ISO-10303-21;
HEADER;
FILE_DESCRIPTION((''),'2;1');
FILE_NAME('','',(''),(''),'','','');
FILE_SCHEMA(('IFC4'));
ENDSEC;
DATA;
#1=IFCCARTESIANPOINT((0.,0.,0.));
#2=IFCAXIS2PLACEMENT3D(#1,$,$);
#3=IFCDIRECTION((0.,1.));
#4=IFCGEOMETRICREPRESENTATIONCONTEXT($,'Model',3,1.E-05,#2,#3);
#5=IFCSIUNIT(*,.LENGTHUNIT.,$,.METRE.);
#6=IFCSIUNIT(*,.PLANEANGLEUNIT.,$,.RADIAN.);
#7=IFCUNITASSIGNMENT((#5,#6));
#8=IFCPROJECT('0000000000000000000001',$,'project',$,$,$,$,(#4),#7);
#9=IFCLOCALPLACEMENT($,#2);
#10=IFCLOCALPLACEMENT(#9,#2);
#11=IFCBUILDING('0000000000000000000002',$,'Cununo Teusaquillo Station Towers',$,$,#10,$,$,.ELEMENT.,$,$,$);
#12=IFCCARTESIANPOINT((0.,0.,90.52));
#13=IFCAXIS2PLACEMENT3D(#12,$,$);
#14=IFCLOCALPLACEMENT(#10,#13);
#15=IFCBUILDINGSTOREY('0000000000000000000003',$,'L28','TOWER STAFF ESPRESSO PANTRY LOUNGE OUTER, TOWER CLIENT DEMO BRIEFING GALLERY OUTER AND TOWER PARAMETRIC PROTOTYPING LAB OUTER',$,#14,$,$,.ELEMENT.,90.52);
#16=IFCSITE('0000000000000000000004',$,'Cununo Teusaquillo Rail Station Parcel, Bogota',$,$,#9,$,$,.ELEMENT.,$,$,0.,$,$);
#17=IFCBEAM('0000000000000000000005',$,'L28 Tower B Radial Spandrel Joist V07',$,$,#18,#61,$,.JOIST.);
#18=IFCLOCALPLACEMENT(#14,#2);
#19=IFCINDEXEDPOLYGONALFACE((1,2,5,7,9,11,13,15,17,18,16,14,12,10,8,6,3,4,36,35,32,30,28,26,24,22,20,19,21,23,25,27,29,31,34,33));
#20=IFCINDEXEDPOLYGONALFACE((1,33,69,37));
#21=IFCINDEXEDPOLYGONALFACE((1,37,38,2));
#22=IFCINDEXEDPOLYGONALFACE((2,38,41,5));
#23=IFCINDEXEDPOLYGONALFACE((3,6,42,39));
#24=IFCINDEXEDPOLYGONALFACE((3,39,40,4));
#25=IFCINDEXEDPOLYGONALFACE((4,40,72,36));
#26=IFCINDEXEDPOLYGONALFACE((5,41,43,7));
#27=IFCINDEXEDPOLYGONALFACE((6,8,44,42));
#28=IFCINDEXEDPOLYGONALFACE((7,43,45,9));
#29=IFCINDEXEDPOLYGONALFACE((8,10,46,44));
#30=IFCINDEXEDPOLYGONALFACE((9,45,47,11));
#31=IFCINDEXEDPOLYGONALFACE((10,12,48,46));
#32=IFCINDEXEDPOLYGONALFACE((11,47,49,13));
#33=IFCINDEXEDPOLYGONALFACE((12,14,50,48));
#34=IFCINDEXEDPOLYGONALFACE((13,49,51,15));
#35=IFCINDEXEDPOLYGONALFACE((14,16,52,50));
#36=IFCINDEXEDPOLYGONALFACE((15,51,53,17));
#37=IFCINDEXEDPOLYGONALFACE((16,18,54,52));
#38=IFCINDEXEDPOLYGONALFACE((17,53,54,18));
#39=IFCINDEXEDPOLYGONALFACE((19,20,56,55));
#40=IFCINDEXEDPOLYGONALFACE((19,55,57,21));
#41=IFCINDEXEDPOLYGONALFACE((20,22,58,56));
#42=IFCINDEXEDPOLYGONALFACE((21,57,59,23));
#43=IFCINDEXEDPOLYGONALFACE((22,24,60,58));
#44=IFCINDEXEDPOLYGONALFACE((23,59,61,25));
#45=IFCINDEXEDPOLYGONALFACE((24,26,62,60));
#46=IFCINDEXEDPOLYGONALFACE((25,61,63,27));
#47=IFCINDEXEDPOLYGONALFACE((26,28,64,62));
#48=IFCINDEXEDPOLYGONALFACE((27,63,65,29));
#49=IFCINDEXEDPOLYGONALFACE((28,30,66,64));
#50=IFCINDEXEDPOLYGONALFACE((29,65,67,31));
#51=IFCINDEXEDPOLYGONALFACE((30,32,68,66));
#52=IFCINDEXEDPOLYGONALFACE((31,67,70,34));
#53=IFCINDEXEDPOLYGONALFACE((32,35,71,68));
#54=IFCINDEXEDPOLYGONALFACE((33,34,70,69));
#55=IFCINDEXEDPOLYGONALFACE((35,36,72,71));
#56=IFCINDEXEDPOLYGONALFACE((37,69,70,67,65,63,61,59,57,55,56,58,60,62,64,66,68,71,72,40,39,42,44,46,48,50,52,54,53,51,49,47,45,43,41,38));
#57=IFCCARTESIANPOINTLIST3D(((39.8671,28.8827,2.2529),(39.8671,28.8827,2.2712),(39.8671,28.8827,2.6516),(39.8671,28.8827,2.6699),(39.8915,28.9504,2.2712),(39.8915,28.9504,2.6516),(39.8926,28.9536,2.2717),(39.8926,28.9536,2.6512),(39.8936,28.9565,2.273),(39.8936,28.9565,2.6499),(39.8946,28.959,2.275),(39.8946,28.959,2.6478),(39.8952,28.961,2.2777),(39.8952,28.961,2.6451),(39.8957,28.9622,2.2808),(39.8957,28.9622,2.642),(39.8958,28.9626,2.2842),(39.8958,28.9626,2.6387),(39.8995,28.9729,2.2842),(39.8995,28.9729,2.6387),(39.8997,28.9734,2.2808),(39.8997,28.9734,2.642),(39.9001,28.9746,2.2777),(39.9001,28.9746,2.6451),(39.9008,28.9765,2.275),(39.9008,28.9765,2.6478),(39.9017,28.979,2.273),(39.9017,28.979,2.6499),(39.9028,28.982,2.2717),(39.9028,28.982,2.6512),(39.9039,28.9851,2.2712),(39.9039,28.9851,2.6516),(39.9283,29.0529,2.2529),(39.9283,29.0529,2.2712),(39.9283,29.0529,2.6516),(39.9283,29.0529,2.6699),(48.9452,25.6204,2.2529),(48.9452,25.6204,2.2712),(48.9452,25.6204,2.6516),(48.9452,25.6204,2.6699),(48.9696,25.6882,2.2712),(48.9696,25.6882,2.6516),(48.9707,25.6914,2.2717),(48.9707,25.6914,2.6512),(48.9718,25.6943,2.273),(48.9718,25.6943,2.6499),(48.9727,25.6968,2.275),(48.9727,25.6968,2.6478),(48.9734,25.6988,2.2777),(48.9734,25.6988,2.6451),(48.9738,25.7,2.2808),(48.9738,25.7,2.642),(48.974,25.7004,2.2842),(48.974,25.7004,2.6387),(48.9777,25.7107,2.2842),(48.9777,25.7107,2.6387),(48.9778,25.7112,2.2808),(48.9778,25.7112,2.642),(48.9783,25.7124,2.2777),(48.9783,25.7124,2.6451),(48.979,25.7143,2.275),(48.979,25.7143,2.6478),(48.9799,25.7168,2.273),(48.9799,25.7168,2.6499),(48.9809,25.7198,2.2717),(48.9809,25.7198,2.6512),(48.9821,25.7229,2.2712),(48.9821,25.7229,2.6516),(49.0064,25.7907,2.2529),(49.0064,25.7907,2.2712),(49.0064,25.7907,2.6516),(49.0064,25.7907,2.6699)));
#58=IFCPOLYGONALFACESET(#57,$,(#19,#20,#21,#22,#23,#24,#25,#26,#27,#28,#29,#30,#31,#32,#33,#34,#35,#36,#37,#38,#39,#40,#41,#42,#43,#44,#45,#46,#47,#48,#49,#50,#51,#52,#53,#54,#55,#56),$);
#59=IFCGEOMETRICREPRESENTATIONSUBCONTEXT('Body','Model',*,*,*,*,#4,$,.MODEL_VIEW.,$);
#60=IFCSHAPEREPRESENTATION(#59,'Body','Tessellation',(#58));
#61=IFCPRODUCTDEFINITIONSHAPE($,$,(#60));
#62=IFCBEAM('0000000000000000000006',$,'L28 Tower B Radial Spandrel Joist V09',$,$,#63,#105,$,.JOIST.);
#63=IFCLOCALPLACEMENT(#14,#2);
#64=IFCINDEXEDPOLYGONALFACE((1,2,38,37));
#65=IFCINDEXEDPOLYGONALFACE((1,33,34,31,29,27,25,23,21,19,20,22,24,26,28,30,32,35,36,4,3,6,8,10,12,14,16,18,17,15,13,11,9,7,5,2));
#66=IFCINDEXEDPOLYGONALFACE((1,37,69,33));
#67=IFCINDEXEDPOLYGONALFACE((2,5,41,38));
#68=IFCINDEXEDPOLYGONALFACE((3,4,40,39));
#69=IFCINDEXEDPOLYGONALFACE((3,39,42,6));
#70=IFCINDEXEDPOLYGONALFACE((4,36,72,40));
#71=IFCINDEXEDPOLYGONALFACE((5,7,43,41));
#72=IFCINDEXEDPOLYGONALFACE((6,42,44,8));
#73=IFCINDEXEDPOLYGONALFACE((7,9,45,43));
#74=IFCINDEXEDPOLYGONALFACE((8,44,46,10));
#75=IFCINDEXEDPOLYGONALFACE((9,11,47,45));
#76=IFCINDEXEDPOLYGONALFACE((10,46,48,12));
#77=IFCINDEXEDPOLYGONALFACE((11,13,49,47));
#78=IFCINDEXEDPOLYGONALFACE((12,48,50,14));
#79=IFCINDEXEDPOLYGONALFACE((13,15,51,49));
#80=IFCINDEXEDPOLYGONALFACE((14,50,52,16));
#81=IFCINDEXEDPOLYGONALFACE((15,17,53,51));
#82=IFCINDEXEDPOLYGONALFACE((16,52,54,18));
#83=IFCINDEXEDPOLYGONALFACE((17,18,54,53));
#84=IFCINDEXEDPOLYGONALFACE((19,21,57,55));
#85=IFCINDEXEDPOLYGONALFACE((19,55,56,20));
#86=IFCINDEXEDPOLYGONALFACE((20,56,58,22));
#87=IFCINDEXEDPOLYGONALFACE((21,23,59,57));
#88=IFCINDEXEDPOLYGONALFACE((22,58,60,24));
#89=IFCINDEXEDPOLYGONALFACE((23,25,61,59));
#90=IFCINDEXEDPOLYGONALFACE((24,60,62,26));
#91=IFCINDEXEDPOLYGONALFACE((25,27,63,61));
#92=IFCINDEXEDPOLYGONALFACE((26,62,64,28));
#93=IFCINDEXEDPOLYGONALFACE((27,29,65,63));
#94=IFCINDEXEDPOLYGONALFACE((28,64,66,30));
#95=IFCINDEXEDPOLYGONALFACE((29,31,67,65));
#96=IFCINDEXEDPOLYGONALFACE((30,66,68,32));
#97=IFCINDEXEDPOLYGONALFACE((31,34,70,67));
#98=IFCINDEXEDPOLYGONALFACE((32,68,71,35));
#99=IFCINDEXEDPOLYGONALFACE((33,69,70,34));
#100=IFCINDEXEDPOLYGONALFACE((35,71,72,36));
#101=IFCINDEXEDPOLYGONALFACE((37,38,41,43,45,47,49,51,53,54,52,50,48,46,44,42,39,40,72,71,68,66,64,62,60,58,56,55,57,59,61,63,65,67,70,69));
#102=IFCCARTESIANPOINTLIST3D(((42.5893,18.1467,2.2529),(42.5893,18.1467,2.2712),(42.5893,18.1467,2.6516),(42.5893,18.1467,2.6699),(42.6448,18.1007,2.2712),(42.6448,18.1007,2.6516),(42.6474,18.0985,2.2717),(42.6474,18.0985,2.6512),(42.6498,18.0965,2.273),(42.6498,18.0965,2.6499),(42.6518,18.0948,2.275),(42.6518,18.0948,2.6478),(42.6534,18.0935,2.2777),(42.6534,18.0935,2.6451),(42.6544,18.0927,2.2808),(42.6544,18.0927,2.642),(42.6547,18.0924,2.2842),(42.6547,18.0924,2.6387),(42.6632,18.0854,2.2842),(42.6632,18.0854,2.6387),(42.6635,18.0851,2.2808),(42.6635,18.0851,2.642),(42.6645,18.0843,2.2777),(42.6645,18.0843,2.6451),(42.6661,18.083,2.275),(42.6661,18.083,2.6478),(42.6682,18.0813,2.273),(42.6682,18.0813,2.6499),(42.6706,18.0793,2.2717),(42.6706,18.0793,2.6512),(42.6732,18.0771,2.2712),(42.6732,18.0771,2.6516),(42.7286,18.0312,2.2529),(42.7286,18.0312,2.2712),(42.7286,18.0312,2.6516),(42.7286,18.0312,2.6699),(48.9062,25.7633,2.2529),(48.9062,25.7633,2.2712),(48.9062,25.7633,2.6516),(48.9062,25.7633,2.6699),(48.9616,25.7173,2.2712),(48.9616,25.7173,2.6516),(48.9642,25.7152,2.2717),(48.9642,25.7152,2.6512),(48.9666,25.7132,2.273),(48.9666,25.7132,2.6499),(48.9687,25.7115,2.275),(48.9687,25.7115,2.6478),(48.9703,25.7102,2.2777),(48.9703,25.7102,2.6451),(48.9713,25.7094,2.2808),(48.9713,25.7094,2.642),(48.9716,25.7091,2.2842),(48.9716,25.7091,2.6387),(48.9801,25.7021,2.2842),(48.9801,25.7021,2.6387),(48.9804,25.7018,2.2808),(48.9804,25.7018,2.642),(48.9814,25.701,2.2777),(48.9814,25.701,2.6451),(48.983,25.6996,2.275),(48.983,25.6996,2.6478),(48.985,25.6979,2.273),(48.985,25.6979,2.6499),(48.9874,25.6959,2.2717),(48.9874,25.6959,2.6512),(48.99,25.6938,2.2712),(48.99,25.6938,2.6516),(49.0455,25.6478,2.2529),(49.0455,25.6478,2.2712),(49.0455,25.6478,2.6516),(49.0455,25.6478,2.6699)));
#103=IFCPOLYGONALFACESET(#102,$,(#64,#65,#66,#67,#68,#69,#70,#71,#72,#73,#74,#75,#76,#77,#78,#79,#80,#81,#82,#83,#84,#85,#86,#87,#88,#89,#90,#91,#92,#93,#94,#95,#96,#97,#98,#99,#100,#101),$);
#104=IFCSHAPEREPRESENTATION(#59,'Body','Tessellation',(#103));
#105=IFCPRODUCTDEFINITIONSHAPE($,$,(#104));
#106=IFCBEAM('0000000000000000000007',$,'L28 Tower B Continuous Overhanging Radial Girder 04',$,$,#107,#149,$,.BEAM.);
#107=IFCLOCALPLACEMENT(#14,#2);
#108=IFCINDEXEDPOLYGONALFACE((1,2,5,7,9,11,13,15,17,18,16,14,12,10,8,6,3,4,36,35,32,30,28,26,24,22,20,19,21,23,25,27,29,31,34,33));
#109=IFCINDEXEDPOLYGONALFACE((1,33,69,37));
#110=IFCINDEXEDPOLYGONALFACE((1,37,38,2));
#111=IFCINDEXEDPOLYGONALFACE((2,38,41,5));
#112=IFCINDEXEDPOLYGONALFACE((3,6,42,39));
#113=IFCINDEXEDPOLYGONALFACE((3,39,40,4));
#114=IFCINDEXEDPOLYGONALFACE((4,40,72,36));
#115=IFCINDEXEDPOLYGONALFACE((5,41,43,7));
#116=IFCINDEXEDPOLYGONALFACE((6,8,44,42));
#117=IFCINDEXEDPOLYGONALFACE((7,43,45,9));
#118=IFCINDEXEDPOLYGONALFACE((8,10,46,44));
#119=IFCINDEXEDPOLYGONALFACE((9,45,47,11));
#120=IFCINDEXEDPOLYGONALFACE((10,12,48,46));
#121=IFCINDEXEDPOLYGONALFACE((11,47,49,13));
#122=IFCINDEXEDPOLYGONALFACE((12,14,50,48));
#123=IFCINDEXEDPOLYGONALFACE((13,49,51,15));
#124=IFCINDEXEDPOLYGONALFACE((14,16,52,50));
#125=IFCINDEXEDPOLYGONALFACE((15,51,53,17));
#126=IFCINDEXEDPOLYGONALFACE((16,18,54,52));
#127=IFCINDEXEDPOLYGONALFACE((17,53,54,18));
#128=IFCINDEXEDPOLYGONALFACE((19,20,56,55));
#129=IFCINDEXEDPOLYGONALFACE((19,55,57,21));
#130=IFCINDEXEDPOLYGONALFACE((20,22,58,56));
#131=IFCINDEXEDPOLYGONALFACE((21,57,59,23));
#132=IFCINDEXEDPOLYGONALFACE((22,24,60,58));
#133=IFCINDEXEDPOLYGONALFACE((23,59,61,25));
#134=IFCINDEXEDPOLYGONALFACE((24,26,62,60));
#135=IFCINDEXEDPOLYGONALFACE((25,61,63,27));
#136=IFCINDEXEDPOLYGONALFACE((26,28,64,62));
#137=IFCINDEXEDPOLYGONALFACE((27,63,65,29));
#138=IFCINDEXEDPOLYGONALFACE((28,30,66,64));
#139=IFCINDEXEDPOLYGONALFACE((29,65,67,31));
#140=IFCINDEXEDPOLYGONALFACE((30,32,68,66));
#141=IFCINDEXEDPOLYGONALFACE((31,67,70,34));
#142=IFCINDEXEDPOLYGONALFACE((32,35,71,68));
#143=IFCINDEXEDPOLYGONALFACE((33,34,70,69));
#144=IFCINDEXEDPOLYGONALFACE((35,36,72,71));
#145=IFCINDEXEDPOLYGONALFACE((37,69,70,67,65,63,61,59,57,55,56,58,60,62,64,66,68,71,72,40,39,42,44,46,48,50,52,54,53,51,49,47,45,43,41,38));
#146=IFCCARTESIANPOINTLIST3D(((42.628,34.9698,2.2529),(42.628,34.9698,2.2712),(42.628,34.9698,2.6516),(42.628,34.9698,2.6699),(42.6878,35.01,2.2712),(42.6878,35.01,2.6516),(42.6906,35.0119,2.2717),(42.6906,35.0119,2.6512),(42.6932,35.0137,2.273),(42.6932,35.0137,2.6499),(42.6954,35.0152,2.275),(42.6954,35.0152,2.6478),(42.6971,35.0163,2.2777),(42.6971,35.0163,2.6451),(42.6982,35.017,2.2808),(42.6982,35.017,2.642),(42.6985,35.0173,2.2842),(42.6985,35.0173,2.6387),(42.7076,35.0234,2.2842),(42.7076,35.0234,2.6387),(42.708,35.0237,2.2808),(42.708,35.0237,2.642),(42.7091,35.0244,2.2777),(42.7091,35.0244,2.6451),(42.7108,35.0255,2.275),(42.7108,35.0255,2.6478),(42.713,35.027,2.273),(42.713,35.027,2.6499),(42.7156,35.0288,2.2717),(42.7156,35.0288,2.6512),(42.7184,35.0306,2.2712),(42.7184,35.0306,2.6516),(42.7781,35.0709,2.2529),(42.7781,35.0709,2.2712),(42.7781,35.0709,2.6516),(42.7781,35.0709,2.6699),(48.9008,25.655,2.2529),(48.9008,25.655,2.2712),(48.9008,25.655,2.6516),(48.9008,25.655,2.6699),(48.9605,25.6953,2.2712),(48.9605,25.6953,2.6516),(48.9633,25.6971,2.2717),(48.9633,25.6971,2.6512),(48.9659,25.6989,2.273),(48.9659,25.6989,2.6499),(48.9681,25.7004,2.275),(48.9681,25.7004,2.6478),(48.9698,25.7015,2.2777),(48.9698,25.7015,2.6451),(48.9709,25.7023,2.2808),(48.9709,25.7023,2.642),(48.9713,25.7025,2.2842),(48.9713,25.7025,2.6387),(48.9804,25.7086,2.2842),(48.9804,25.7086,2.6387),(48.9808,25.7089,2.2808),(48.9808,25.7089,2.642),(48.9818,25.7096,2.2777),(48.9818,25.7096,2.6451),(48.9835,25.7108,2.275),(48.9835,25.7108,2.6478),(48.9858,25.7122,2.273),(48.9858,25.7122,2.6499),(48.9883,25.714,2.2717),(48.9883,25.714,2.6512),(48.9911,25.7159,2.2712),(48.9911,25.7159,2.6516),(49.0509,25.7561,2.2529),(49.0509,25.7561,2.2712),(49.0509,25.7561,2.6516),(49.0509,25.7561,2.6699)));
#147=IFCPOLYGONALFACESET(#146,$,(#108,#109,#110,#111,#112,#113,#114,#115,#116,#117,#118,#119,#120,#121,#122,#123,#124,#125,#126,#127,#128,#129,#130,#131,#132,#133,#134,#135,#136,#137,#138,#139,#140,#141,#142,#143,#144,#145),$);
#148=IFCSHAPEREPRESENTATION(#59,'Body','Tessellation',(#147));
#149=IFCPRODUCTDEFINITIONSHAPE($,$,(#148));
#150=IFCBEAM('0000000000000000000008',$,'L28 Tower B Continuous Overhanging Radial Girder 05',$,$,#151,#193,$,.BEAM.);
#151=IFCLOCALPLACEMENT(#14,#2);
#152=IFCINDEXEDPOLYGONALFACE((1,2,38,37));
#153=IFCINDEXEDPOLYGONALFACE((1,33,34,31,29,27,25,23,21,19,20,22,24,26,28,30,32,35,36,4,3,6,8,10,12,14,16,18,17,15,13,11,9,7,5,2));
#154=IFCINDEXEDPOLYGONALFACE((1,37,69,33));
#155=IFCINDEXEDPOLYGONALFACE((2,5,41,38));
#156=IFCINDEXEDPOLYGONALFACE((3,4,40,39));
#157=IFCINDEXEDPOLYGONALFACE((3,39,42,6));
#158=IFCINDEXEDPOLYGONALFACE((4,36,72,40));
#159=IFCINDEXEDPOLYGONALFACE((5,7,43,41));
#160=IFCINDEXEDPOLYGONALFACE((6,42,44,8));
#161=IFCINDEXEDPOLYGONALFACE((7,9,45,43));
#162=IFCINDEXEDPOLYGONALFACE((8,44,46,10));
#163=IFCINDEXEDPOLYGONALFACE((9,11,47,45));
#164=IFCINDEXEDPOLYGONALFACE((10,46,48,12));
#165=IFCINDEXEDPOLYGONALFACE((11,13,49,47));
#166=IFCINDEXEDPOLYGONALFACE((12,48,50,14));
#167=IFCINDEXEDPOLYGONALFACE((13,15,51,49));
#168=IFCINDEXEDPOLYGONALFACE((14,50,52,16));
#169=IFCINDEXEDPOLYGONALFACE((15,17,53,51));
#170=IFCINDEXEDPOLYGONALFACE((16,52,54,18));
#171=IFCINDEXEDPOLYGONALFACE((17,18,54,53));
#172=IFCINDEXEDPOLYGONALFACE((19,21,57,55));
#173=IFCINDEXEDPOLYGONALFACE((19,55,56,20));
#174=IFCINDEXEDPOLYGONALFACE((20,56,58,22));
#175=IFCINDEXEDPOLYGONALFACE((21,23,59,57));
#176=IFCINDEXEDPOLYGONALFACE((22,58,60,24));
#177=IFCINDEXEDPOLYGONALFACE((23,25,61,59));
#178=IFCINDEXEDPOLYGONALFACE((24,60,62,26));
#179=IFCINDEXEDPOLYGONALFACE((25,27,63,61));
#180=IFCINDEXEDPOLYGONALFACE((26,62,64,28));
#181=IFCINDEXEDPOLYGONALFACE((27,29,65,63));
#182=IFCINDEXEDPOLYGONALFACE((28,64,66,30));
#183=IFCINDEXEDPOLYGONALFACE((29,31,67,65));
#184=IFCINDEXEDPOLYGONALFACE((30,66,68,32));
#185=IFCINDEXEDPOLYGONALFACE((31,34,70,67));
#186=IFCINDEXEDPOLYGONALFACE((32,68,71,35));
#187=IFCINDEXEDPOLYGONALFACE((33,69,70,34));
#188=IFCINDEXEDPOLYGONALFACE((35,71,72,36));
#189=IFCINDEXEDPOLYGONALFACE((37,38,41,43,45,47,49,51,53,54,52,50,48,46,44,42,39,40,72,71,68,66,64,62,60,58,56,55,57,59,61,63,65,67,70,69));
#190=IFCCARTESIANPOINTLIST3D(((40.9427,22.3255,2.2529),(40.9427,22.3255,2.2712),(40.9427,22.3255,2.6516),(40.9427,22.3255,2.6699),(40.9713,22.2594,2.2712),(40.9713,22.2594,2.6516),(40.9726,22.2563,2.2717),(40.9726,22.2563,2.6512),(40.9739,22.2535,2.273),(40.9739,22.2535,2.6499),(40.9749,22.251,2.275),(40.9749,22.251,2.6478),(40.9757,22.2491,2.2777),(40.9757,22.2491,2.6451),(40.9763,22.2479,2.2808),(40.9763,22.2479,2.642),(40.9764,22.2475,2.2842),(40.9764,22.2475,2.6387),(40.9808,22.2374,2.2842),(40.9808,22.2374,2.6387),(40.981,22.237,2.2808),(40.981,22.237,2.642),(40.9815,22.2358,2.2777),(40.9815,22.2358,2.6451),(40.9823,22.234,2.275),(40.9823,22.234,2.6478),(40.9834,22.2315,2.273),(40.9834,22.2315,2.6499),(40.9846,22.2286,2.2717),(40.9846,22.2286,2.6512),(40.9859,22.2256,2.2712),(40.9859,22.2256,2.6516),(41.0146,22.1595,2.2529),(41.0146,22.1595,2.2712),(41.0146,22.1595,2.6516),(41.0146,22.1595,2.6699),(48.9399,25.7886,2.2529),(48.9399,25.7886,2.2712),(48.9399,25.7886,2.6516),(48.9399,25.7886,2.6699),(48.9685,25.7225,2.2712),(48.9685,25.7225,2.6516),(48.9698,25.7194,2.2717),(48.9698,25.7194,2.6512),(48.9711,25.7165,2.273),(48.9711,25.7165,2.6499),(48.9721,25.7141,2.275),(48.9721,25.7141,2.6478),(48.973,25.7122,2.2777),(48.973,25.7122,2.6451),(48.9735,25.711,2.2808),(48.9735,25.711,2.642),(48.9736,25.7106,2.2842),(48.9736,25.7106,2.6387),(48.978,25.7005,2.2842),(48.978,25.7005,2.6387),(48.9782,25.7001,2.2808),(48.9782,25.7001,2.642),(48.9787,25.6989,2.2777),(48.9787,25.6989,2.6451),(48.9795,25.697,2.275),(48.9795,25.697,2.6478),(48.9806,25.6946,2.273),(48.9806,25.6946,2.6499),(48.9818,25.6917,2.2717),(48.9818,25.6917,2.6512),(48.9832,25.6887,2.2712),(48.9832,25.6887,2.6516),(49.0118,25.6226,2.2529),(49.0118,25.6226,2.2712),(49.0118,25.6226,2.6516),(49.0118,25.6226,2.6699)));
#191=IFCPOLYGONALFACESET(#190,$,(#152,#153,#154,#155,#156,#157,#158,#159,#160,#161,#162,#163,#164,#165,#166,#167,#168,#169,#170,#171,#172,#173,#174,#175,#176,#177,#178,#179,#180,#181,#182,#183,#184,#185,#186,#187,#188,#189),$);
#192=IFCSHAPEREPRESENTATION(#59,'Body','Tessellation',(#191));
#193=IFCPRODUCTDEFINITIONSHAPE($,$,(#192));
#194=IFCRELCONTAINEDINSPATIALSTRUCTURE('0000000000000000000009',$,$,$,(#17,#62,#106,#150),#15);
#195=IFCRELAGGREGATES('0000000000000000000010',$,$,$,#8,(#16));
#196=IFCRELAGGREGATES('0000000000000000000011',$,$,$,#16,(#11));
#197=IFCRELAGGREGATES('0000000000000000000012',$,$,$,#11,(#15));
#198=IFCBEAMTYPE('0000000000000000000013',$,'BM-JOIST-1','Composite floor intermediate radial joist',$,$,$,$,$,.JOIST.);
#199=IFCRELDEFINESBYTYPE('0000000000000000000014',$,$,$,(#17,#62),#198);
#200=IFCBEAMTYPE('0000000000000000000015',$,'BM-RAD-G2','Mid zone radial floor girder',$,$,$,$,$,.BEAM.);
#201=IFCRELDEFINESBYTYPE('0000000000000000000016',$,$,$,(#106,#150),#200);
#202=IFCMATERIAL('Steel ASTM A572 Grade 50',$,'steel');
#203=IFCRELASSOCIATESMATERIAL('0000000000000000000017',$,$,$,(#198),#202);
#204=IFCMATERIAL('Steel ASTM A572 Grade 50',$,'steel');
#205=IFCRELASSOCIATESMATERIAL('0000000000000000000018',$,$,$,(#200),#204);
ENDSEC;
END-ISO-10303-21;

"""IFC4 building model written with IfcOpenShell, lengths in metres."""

from ifc_helpers import new_model, si_unit, direction, frame, origin, origin_2d, place, context, subcontext, project, spatial, i_section, extrude, material, material_profile, profile_set, type_object, element, save


model = new_model("IFC4")

# Units and contexts
model_context = context("Model", 3, precision=1e-05, world=origin(), true_north=direction((0.0, 1.0)))
body_context = subcontext(model_context, "Body", "Model", "MODEL_VIEW")
ifc_project = project(units=[si_unit("LENGTHUNIT", "METRE"), si_unit("PLANEANGLEUNIT", "RADIAN")], contexts=[model_context])

# Site, building, storey
site_placement = place(None, origin())
site = spatial("IfcSite", under=ifc_project, at=site_placement, Name="Cununo Teusaquillo Rail Station Parcel, Bogota", CompositionType="ELEMENT", RefElevation=0.0)
building_placement = place(site_placement, origin())
building = spatial("IfcBuilding", under=site, at=building_placement, Name="Cununo Teusaquillo Station Towers", CompositionType="ELEMENT")
storey_placement = place(building_placement, frame((0.0, 0.0, 90.52)))
storey = spatial("IfcBuildingStorey", under=building, at=storey_placement, Name="L28", Description="TOWER STAFF ESPRESSO PANTRY LOUNGE OUTER, TOWER CLIENT DEMO BRIEFING GALLERY OUTER AND TOWER PARAMETRIC PROTOTYPING LAB OUTER", CompositionType="ELEMENT", Elevation=90.52)

# Beams
ifc_material_1 = material(Name="Steel ASTM A572 Grade 50", Category="steel")
ifc_material_profile_1 = material_profile(ifc_material_1, i_section(OverallWidth=0.1809, OverallDepth=0.417, WebThickness=0.011, FlangeThickness=0.0183, FilletRadius=0.0129, at=origin_2d()), Name="W16X57")
ifc_profile_set_1 = profile_set([ifc_material_profile_1], Name="Steel ASTM A572 Grade 50")
beam_type_1 = type_object("IfcBeamType", Name="BM-JOIST-1", Description="Composite floor intermediate radial joist", PredefinedType="JOIST", material=ifc_profile_set_1)
beam_1_placement = place(storey_placement, frame((48.9758, 25.7056, 2.4614), z_axis=(-0.941083, 0.338176, 0.0), x_axis=(-0.338176, -0.941083, 0.0)))
element("IfcBeam", 1, at=beam_1_placement, inside=storey, type_object=beam_type_1, Name="L28 Tower B Radial Spandrel Joist V07", PredefinedType="JOIST", context=body_context, shape_type="SweptSolid", body=[
    extrude(i_section(OverallWidth=0.1809, OverallDepth=0.417, WebThickness=0.011, FlangeThickness=0.0183, FilletRadius=0.0129, at=origin_2d()), origin(), (0.0, 0.0, 1.0), 9.6465),
])
beam_2_placement = place(storey_placement, frame((48.9758, 25.7056, 2.4614), z_axis=(-0.638372, -0.769728, 0.0), x_axis=(0.769728, -0.638372, 0.0)))
element("IfcBeam", 2, at=beam_2_placement, inside=storey, type_object=beam_type_1, Name="L28 Tower B Radial Spandrel Joist V09", PredefinedType="JOIST", context=body_context, shape_type="SweptSolid", body=[
    extrude(i_section(OverallWidth=0.1809, OverallDepth=0.417, WebThickness=0.011, FlangeThickness=0.0183, FilletRadius=0.0129, at=origin_2d()), origin(), (0.0, 0.0, 1.0), 9.8953),
])
ifc_material_2 = material(Name="Steel ASTM A572 Grade 50", Category="steel")
ifc_material_profile_2 = material_profile(ifc_material_2, i_section(OverallWidth=0.1809, OverallDepth=0.417, WebThickness=0.011, FlangeThickness=0.0183, FilletRadius=0.0129, at=origin_2d()), Name="W16X57")
ifc_profile_set_2 = profile_set([ifc_material_profile_2], Name="Steel ASTM A572 Grade 50")
beam_type_2 = type_object("IfcBeamType", Name="BM-RAD-G2", Description="Mid zone radial floor girder", PredefinedType="BEAM", material=ifc_profile_set_2)
beam_3_placement = place(storey_placement, frame((48.9758, 25.7056, 2.4614), z_axis=(-0.558572, 0.829456, 0.0), x_axis=(-0.829456, -0.558572, 0.0)))
element("IfcBeam", 3, at=beam_3_placement, inside=storey, type_object=beam_type_2, Name="L28 Tower B Continuous Overhanging Radial Girder 04", PredefinedType="BEAM", context=body_context, shape_type="SweptSolid", body=[
    extrude(i_section(OverallWidth=0.1809, OverallDepth=0.417, WebThickness=0.011, FlangeThickness=0.0183, FilletRadius=0.0129, at=origin_2d()), origin(), (0.0, 0.0, 1.0), 11.23),
])
beam_4_placement = place(storey_placement, frame((48.9758, 25.7056, 2.4614), z_axis=(-0.917655, -0.397379, 0.0), x_axis=(0.397379, -0.917655, 0.0)))
element("IfcBeam", 4, at=beam_4_placement, inside=storey, type_object=beam_type_2, Name="L28 Tower B Continuous Overhanging Radial Girder 05", PredefinedType="BEAM", context=body_context, shape_type="SweptSolid", body=[
    extrude(i_section(OverallWidth=0.1809, OverallDepth=0.417, WebThickness=0.011, FlangeThickness=0.0183, FilletRadius=0.0129, at=origin_2d()), origin(), (0.0, 0.0, 1.0), 8.7148),
])

save(model, "model.ifc")
